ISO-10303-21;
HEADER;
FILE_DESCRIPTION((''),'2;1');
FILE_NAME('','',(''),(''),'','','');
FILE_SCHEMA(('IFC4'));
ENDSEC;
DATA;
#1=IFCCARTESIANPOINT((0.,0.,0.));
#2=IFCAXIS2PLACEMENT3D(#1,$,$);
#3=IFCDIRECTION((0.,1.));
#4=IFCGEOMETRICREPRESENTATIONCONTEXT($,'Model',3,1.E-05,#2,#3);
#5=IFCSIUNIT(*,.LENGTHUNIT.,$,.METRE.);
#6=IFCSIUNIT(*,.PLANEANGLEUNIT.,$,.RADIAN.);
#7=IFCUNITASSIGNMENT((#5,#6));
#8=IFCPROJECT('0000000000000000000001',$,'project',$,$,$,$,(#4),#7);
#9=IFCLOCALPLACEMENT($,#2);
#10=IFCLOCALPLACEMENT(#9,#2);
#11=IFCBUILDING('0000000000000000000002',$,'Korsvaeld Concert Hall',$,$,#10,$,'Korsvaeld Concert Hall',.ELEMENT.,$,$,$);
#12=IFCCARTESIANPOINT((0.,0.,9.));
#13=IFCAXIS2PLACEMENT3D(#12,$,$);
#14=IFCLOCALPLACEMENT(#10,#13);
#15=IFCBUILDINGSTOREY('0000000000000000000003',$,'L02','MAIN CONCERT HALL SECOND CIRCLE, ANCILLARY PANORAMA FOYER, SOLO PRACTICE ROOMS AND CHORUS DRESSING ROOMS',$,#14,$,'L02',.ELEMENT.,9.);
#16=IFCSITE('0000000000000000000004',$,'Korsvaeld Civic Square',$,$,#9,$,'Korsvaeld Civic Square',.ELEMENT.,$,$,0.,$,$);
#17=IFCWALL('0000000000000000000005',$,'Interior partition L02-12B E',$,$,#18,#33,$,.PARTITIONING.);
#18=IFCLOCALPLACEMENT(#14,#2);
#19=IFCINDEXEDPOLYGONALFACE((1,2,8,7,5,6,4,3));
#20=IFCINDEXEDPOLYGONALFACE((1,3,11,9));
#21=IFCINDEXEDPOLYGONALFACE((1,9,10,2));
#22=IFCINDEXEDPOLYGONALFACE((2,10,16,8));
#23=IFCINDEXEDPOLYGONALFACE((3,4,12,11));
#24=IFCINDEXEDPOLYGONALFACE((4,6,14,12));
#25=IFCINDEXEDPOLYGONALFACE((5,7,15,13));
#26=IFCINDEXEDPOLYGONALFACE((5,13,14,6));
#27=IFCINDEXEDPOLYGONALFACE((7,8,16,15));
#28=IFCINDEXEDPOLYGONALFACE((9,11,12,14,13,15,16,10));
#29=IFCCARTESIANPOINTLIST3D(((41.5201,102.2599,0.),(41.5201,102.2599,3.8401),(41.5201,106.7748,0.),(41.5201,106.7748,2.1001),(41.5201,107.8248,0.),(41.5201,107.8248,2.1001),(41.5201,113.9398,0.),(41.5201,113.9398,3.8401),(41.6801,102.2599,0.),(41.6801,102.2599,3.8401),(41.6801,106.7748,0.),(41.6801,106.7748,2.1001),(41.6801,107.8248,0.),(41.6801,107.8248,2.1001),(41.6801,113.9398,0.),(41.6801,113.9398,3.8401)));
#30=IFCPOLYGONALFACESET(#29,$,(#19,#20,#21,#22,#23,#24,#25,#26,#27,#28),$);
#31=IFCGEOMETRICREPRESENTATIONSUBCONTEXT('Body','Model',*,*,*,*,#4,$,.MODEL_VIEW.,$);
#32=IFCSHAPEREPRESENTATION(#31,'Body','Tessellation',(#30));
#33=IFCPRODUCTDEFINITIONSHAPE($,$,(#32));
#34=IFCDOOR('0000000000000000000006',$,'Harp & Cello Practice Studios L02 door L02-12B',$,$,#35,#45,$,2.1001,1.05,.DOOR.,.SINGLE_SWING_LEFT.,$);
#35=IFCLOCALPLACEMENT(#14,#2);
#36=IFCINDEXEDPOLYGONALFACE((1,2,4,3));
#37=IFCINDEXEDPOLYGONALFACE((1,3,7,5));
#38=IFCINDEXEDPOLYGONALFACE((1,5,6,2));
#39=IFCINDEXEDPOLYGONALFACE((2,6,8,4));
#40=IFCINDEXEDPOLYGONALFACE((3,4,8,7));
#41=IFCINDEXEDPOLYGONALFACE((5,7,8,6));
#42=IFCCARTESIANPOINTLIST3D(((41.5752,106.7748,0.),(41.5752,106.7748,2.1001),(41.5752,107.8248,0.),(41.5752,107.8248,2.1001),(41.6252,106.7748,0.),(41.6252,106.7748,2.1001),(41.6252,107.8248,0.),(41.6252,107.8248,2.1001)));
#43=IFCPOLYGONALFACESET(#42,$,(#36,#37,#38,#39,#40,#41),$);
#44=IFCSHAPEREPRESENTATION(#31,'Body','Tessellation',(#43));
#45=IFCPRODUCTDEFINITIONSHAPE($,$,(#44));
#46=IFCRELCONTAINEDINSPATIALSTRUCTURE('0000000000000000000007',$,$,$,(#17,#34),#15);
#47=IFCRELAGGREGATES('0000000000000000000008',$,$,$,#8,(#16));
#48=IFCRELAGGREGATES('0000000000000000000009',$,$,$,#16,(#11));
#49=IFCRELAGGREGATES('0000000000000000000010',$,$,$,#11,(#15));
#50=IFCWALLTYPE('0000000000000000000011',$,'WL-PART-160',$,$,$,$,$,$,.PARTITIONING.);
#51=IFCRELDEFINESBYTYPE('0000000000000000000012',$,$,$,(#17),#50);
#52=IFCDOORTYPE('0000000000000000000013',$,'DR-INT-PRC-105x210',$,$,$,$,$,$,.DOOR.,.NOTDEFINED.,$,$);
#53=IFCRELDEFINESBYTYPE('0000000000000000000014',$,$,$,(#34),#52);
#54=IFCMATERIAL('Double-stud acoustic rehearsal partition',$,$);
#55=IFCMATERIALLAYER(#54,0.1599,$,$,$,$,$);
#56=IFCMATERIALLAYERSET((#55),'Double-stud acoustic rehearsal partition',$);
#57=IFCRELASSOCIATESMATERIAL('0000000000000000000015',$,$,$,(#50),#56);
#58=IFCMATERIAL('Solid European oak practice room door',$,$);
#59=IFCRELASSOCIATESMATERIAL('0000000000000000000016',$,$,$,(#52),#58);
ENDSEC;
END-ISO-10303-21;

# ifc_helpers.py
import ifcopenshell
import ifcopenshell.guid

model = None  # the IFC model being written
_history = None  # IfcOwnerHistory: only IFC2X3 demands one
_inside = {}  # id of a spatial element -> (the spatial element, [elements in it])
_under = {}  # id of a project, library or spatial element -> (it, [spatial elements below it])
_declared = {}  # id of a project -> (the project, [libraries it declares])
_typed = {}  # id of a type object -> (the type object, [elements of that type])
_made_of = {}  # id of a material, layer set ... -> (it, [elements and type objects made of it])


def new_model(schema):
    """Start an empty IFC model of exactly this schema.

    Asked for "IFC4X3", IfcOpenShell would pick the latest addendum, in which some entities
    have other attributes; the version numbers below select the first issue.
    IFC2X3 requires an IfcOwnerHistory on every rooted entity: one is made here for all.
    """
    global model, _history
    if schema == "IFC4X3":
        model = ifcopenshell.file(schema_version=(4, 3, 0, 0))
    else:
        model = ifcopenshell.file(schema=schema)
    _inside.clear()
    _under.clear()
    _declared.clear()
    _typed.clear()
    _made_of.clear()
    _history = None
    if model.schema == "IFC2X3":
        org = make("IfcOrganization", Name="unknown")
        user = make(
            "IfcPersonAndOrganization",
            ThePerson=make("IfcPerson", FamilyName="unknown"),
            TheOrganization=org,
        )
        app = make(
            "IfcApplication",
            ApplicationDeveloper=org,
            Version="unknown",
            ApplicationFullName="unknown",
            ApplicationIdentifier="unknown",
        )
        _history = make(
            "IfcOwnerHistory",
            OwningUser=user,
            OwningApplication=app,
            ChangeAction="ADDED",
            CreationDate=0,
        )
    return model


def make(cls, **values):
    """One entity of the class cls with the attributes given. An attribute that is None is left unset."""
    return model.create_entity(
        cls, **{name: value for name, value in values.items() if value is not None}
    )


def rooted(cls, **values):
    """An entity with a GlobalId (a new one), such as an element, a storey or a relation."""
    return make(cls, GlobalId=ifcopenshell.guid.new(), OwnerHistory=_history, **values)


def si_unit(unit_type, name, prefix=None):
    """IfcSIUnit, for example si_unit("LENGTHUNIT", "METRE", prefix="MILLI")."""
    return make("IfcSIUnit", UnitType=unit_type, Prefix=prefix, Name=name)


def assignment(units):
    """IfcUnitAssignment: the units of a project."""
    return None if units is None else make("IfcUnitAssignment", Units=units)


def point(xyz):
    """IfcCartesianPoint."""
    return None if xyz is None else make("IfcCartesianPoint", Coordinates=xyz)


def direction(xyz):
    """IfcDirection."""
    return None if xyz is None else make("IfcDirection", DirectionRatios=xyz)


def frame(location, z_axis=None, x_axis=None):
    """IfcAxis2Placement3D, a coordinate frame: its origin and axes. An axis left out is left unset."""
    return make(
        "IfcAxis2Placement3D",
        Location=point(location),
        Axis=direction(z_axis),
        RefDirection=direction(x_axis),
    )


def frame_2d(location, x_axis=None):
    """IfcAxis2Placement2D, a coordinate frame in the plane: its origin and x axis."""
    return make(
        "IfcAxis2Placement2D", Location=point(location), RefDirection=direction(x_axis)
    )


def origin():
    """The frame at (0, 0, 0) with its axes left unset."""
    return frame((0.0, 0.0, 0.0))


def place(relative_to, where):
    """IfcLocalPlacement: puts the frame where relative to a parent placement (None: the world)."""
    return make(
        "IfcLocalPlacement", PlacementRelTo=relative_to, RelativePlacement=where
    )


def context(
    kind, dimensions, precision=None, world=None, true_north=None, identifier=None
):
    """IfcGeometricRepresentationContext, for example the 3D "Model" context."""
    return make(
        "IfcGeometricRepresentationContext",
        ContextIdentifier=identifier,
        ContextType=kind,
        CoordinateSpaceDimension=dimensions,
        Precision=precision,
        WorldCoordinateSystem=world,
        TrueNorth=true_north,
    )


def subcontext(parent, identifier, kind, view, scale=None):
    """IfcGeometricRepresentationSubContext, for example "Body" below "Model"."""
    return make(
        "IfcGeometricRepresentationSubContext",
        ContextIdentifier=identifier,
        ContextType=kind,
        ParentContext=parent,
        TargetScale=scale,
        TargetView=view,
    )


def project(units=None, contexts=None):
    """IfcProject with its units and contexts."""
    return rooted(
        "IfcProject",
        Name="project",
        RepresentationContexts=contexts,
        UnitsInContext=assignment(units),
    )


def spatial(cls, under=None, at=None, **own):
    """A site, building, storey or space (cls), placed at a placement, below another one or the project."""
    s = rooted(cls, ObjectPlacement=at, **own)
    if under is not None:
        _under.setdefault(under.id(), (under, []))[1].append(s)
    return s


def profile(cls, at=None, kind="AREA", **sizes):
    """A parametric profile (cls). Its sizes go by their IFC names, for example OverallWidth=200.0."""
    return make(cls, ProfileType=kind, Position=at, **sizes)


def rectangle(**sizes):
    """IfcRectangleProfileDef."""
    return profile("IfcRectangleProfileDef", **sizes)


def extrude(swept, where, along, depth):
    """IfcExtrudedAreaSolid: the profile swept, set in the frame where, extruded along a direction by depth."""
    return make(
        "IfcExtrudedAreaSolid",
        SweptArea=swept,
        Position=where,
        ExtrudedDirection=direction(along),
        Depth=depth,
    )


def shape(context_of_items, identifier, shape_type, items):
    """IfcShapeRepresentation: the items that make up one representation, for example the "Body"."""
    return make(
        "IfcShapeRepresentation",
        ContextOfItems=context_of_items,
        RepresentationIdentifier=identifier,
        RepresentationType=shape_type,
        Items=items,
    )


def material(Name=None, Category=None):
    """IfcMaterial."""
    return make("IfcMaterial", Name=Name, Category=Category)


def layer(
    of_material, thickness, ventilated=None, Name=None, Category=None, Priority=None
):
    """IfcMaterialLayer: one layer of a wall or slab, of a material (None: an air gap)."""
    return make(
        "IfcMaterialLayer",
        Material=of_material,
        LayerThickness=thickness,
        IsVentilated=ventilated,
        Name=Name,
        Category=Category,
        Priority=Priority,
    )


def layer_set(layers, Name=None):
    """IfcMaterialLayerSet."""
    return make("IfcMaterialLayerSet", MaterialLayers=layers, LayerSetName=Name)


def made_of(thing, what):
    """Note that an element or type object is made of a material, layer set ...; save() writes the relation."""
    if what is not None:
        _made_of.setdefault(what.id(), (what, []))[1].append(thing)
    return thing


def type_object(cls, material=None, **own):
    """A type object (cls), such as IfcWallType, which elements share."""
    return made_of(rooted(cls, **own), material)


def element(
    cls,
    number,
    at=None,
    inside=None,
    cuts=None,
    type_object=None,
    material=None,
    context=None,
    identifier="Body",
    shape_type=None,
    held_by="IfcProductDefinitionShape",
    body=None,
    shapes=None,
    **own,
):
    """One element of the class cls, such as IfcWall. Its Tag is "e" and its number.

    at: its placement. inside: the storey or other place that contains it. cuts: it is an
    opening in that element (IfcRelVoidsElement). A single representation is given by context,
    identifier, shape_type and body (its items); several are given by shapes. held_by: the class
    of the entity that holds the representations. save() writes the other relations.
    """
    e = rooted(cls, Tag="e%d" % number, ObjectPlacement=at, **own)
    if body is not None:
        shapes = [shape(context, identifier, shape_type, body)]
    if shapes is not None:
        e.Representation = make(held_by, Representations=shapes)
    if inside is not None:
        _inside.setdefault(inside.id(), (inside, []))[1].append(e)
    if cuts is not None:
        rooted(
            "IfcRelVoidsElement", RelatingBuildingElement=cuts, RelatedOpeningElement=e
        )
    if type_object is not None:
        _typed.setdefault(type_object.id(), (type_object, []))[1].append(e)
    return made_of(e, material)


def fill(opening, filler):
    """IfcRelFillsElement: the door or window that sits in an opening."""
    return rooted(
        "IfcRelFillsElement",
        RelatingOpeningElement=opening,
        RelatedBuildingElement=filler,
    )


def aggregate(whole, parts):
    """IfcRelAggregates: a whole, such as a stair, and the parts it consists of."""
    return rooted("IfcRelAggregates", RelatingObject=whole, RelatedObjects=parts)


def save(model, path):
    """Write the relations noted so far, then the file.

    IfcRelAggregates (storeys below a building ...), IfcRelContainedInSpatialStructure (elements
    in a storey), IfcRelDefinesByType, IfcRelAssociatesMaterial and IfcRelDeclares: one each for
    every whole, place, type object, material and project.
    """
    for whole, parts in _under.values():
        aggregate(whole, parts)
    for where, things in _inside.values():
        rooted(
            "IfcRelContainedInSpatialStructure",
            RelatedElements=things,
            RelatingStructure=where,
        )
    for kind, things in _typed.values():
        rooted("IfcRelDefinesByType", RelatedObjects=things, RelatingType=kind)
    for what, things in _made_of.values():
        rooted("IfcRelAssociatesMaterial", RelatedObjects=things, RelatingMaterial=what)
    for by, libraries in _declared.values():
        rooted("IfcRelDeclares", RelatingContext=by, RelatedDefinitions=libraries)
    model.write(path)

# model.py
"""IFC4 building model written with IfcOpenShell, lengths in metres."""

from ifc_helpers import new_model, si_unit, direction, frame, frame_2d, origin, place, context, subcontext, project, spatial, rectangle, extrude, material, layer, layer_set, type_object, element, fill, save


model = new_model("IFC4")

# Units and contexts
model_context = context("Model", 3, precision=1e-05, world=origin(), true_north=direction((0.0, 1.0)))
body_context = subcontext(model_context, "Body", "Model", "MODEL_VIEW")
ifc_project = project(units=[si_unit("LENGTHUNIT", "METRE"), si_unit("PLANEANGLEUNIT", "RADIAN")], contexts=[model_context])

# Site, building, storey
site_placement = place(None, origin())
site = spatial("IfcSite", under=ifc_project, at=site_placement, Name="Korsvaeld Civic Square", LongName="Korsvaeld Civic Square", CompositionType="ELEMENT", RefElevation=0.0)
building_placement = place(site_placement, origin())
building = spatial("IfcBuilding", under=site, at=building_placement, Name="Korsvaeld Concert Hall", LongName="Korsvaeld Concert Hall", CompositionType="ELEMENT")
storey_placement = place(building_placement, frame((0.0, 0.0, 9.0)))
storey = spatial("IfcBuildingStorey", under=building, at=storey_placement, Name="L02", Description="MAIN CONCERT HALL SECOND CIRCLE, ANCILLARY PANORAMA FOYER, SOLO PRACTICE ROOMS AND CHORUS DRESSING ROOMS", LongName="L02", CompositionType="ELEMENT", Elevation=9.0)

# Shared definitions
ifc_material_1 = material(Name="Double-stud acoustic rehearsal partition")
ifc_layer_1 = layer(ifc_material_1, 0.1599)
ifc_layer_set_1 = layer_set([ifc_layer_1], Name="Double-stud acoustic rehearsal partition")
wall_type_1 = type_object("IfcWallType", Name="WL-PART-160", PredefinedType="PARTITIONING", material=ifc_layer_set_1)

# Wall, opening, door
wall_1_placement = place(storey_placement, frame((41.6001, 102.26, 0.0), z_axis=(0.0, 0.0, 1.0), x_axis=(0.0, 1.0, 0.0)))
wall_1 = element("IfcWall", 1, at=wall_1_placement, inside=storey, type_object=wall_type_1, Name="Interior partition L02-12B E", PredefinedType="PARTITIONING", context=body_context, shape_type="SweptSolid", body=[
    extrude(rectangle(XDim=11.6799, YDim=0.1599, at=frame_2d((5.8398, 0.0))), origin(), (0.0, 0.0, 1.0), 3.8401),
])
opening_1_placement = place(wall_1_placement, frame((4.5149, 0.0, 0.0)))
opening_1 = element("IfcOpeningElement", 2, at=opening_1_placement, cuts=wall_1, PredefinedType="OPENING", context=body_context, shape_type="SweptSolid", body=[
    extrude(rectangle(XDim=1.05, YDim=2.1001, at=frame_2d((0.5249, 1.05))), frame((0.0, 0.0898, 0.0), z_axis=(0.0, -1.0, 0.0), x_axis=(1.0, 0.0, 0.0)), (0.0, 0.0, 1.0), 0.1799),
])
ifc_material_2 = material(Name="Solid European oak practice room door")
door_type = type_object("IfcDoorType", Name="DR-INT-PRC-105x210", OperationType="NOTDEFINED", PredefinedType="DOOR", material=ifc_material_2)
door_placement = place(opening_1_placement, origin())
door = element("IfcDoor", 3, at=door_placement, inside=storey, type_object=door_type, Name="Harp & Cello Practice Studios L02 door L02-12B", OperationType="SINGLE_SWING_LEFT", OverallHeight=2.1001, OverallWidth=1.05, PredefinedType="DOOR", context=body_context, shape_type="SweptSolid", body=[
    extrude(rectangle(XDim=1.05, YDim=2.1001, at=frame_2d((0.5249, 1.05))), frame((0.0, 0.0249, 0.0), z_axis=(0.0, -1.0, 0.0), x_axis=(1.0, 0.0, 0.0)), (0.0, 0.0, 1.0), 0.05),
])
fill(opening_1, door)

save(model, "model.ifc")
